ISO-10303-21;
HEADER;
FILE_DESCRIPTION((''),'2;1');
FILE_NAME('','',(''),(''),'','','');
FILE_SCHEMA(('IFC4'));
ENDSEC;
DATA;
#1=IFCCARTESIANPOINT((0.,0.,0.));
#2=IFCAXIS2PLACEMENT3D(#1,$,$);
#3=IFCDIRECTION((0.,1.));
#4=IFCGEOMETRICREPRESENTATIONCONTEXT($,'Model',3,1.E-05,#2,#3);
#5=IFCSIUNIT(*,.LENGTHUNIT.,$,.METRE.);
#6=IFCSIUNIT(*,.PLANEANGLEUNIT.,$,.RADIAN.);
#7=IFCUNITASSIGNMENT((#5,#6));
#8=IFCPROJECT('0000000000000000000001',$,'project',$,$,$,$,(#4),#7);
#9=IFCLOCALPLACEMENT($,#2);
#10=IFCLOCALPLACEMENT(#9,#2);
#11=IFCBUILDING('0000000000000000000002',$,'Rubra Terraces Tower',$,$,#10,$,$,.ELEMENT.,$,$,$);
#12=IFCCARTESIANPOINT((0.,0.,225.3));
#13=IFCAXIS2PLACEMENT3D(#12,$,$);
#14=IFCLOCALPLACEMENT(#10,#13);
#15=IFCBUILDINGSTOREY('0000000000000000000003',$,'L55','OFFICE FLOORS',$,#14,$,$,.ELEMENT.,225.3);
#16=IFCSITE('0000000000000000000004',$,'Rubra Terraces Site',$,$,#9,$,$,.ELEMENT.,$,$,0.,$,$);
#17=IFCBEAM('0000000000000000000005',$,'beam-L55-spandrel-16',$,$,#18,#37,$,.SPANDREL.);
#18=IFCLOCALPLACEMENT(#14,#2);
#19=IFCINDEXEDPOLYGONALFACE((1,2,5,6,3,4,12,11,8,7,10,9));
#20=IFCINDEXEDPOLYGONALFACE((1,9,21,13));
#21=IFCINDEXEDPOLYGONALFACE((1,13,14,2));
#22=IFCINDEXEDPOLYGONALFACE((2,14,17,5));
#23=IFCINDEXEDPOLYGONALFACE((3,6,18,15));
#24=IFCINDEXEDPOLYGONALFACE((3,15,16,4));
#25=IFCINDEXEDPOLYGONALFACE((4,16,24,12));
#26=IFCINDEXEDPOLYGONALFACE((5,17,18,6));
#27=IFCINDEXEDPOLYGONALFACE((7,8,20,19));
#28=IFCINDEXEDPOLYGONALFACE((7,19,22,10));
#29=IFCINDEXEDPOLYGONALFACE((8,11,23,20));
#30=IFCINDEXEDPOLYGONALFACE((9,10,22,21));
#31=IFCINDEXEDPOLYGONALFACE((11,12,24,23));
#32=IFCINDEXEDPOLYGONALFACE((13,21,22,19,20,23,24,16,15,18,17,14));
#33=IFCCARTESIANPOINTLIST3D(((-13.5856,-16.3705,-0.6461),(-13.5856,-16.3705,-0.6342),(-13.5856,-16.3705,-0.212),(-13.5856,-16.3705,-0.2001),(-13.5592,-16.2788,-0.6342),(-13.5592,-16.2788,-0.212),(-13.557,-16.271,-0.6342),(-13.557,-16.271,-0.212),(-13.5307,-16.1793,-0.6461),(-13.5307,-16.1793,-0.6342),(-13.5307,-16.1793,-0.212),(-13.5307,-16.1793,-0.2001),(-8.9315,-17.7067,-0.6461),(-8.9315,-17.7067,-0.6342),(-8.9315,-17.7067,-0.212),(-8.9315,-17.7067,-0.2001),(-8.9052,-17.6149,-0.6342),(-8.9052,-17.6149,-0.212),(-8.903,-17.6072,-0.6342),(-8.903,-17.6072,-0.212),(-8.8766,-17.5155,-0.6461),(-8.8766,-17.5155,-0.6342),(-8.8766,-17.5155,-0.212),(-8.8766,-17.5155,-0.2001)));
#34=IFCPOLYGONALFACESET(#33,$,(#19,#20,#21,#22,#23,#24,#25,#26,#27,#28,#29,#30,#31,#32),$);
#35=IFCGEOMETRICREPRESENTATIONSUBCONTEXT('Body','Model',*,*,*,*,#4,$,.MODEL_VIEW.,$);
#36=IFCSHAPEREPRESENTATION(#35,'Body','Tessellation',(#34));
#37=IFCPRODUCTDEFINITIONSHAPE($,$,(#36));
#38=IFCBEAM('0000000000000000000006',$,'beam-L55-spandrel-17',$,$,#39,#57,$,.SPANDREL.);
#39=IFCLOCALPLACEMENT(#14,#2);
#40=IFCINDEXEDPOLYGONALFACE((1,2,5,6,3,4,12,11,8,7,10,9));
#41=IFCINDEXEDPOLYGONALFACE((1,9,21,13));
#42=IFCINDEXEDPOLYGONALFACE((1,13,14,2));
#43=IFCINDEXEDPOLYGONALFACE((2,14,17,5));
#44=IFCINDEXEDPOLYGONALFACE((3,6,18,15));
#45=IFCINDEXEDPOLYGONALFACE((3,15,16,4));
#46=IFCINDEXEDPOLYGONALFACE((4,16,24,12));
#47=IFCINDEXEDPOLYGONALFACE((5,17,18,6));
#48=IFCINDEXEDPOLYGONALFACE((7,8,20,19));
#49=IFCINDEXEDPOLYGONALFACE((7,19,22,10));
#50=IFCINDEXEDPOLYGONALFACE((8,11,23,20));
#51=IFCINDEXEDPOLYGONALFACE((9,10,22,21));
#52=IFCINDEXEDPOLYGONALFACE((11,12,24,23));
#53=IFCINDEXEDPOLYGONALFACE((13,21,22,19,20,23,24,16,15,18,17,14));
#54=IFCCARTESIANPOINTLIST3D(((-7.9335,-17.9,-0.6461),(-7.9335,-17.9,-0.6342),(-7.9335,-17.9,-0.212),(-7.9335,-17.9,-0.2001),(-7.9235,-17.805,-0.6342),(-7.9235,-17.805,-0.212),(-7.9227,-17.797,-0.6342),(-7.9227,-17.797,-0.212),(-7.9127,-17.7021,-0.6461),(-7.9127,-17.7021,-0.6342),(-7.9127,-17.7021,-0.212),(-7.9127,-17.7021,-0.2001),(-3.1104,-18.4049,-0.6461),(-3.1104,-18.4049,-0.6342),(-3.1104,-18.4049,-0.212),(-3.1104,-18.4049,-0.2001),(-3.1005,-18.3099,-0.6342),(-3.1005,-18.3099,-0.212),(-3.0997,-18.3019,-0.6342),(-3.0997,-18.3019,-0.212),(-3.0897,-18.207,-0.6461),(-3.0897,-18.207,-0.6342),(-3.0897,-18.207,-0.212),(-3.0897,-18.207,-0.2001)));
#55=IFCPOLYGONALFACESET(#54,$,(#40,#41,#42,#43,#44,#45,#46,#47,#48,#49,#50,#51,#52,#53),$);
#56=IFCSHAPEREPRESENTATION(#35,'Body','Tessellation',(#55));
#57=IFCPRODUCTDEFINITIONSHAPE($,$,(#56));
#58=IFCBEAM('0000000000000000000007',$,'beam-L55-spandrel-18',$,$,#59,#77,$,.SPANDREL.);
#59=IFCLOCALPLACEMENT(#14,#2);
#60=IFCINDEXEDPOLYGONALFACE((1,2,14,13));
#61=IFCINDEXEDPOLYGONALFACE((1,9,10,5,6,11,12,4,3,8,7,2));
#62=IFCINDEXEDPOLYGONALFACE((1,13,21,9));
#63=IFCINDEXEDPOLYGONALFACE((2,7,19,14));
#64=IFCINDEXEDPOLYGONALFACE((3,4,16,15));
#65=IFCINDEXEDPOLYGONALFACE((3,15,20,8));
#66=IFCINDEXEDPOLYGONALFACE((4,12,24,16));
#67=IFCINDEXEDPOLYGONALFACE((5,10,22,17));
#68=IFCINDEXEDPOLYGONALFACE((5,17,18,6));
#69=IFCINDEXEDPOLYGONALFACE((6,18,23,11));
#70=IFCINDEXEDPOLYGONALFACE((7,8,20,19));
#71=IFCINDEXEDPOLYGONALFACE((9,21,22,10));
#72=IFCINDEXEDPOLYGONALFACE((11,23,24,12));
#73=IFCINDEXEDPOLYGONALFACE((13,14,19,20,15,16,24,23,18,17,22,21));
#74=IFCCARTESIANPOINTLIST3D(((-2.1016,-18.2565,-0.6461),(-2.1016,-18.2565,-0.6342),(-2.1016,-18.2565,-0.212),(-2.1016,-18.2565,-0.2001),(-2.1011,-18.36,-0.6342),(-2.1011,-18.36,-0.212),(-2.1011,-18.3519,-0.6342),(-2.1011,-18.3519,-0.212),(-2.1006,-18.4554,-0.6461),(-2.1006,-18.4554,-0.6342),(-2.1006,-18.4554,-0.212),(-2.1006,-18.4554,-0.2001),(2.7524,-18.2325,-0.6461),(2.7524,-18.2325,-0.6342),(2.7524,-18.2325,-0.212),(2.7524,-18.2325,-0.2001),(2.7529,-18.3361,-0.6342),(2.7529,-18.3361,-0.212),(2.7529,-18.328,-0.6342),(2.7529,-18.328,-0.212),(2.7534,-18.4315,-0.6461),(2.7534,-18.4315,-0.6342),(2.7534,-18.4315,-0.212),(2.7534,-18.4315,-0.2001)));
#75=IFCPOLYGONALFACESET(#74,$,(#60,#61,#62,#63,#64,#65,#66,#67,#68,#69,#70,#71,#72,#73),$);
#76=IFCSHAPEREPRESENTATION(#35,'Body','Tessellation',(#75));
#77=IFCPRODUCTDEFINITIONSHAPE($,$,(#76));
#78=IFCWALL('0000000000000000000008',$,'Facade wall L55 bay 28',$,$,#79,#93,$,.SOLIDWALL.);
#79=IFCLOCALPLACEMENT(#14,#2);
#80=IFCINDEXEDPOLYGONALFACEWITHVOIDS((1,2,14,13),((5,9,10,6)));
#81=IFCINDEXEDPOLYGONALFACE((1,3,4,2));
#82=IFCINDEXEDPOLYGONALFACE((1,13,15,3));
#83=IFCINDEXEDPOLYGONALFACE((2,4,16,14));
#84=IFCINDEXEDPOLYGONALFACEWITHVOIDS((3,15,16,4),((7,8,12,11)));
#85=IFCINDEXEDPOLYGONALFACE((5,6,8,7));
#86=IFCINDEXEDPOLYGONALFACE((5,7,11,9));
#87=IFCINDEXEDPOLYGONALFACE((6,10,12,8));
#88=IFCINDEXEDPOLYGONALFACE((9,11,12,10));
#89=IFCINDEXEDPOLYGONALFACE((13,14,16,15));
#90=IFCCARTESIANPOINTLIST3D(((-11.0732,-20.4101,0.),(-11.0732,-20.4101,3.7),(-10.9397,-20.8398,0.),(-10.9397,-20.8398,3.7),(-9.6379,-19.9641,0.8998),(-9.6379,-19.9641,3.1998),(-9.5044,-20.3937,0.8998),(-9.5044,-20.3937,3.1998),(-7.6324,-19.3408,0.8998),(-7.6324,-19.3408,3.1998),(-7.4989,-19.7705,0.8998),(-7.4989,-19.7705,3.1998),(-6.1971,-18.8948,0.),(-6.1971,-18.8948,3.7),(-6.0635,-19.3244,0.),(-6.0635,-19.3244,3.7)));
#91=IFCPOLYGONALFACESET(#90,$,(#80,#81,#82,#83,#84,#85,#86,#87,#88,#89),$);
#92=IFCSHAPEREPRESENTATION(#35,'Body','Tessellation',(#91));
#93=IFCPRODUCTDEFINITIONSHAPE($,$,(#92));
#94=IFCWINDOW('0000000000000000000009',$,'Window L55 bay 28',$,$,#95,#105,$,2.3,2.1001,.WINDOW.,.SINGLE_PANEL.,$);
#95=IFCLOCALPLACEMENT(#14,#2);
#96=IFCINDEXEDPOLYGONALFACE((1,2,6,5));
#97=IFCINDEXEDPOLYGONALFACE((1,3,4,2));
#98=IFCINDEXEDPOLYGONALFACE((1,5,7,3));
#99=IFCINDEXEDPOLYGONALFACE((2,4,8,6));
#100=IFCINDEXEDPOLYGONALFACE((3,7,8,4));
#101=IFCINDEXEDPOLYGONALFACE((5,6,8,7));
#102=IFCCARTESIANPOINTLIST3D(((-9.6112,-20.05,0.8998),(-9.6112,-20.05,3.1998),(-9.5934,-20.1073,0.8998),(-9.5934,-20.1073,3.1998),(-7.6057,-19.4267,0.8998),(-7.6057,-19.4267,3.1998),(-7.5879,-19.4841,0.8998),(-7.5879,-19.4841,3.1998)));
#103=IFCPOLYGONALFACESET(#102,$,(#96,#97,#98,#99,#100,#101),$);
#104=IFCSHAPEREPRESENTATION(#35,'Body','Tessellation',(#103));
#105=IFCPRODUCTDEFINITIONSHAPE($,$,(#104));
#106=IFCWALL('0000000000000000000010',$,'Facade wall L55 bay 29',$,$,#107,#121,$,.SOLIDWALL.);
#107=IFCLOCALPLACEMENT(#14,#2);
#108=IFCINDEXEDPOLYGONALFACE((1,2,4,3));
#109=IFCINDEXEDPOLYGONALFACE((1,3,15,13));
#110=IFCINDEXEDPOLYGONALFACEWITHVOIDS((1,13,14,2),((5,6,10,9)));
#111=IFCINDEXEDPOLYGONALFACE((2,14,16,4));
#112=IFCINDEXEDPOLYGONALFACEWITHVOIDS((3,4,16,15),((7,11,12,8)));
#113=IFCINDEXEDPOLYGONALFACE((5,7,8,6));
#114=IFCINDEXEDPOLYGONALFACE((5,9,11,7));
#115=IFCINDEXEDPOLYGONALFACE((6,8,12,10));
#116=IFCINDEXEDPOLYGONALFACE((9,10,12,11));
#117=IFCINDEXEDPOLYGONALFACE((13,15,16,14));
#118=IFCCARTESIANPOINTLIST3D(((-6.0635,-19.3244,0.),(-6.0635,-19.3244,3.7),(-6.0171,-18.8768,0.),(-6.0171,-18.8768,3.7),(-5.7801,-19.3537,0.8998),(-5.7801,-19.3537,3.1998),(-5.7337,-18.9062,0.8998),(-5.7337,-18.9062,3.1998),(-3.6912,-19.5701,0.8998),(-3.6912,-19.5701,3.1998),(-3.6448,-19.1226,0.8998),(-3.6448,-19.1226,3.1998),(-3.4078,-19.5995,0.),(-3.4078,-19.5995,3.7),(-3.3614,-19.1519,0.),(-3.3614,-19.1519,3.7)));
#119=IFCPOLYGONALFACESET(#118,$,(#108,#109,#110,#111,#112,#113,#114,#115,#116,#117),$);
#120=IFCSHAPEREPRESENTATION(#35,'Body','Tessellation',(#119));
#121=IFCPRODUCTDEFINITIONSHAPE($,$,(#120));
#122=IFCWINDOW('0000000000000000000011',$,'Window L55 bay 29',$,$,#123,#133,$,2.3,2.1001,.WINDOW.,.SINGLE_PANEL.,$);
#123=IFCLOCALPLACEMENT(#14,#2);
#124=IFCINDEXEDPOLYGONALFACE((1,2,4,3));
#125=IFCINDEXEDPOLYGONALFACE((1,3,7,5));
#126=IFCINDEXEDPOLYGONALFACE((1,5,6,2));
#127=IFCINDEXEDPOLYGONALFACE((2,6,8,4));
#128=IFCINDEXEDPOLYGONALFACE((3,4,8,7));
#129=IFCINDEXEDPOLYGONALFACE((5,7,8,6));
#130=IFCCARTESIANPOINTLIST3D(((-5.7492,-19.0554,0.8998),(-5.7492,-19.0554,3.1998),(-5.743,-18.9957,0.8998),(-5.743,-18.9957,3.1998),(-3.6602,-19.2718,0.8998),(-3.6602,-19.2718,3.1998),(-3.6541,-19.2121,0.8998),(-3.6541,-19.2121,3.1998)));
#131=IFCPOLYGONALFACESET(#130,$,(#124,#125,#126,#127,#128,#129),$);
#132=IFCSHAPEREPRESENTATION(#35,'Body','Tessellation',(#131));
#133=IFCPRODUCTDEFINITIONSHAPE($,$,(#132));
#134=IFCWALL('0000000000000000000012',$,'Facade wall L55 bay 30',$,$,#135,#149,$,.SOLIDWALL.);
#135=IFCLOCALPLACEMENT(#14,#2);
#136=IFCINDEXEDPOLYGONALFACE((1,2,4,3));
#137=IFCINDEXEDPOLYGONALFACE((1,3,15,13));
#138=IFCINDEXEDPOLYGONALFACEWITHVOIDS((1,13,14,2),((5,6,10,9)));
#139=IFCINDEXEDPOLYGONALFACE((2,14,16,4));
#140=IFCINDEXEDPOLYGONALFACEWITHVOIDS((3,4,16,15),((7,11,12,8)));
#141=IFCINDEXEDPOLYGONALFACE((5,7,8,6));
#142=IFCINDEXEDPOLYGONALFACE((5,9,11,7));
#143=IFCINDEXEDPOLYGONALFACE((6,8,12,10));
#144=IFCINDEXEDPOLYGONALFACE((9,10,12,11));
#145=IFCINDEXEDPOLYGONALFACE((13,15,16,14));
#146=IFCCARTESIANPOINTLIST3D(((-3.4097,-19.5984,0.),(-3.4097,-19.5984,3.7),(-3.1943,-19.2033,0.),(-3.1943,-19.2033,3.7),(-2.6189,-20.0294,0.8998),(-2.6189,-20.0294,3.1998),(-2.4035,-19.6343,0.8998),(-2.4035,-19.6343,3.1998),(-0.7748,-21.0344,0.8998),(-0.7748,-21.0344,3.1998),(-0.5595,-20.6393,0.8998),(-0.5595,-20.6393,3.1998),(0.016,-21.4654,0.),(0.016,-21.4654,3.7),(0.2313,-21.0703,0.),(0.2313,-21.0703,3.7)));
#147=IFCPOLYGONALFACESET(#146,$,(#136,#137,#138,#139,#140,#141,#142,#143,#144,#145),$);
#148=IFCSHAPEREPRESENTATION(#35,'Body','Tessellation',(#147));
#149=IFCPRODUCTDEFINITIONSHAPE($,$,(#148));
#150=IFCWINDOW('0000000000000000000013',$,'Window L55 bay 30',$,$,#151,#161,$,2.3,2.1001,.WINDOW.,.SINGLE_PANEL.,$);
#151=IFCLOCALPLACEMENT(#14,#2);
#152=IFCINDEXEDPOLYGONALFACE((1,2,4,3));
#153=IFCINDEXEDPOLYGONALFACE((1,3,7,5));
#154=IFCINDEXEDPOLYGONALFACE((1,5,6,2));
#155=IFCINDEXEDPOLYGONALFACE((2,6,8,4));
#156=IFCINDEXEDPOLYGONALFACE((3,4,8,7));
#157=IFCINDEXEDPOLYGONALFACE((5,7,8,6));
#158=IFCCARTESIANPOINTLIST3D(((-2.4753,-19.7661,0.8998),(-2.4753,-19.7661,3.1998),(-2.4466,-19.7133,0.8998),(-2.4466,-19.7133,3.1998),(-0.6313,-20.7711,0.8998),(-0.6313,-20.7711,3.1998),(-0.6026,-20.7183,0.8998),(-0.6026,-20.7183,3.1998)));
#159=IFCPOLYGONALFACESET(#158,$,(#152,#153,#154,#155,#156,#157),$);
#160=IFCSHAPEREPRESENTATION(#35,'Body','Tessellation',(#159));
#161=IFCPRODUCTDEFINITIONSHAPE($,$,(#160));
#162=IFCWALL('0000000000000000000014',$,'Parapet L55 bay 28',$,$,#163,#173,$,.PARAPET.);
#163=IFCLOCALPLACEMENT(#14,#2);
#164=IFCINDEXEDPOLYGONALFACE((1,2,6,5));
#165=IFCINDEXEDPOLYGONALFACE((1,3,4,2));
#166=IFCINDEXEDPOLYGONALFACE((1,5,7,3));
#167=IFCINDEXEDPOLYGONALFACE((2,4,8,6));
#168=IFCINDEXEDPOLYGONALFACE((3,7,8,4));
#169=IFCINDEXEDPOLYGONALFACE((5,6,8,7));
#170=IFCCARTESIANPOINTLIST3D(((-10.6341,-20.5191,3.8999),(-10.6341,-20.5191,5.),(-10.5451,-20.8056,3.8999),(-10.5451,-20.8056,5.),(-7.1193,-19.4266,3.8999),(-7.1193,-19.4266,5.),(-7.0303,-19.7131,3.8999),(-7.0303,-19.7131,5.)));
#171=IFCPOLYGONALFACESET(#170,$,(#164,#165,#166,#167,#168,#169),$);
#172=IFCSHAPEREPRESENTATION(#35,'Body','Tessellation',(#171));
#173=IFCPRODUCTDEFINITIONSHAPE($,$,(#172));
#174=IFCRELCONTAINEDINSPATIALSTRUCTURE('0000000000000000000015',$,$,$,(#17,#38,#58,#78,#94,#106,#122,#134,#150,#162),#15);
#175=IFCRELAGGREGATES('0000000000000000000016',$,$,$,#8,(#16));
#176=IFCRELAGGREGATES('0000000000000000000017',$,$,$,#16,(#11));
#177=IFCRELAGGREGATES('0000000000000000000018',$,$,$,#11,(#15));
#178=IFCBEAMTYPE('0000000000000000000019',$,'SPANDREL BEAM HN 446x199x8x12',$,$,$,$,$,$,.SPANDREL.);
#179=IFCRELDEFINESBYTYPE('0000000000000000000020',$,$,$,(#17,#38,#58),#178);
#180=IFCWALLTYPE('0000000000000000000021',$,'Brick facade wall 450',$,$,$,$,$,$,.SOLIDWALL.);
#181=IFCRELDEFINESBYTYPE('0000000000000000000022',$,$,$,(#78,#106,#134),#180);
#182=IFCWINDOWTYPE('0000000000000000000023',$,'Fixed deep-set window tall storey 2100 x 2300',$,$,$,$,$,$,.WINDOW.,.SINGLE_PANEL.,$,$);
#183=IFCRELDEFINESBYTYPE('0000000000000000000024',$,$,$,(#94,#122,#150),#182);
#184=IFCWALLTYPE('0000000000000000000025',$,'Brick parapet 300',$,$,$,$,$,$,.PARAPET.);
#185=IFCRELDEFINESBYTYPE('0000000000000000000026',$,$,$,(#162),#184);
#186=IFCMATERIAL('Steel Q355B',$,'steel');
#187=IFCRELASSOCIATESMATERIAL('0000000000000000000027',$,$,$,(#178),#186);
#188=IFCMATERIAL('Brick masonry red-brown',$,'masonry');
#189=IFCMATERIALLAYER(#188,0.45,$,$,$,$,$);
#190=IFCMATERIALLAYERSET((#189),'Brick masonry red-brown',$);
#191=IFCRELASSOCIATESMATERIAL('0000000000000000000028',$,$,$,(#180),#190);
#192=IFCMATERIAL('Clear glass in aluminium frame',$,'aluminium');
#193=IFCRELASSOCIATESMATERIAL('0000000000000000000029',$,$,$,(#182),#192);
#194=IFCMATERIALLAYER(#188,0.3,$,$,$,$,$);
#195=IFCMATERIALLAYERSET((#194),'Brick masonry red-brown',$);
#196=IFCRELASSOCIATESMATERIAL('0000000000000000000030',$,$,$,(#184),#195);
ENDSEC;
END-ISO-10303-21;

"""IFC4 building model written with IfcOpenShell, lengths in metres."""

from ifc_helpers import new_model, si_unit, direction, frame, frame_2d, origin, origin_2d, place, context, subcontext, project, spatial, rectangle, i_section, extrude, material, layer, layer_set, material_profile, profile_set, type_object, element, fill, save


model = new_model("IFC4")

# Units and contexts
model_context = context("Model", 3, precision=1e-05, world=origin(), true_north=direction((0.0, 1.0)))
body_context = subcontext(model_context, "Body", "Model", "MODEL_VIEW")
ifc_project = project(units=[si_unit("LENGTHUNIT", "METRE"), si_unit("PLANEANGLEUNIT", "RADIAN")], contexts=[model_context])

# Site, building, storey
site_placement = place(None, origin())
site = spatial("IfcSite", under=ifc_project, at=site_placement, Name="Rubra Terraces Site", CompositionType="ELEMENT", RefElevation=0.0)
building_placement = place(site_placement, origin())
building = spatial("IfcBuilding", under=site, at=building_placement, Name="Rubra Terraces Tower", CompositionType="ELEMENT")
storey_placement = place(building_placement, frame((0.0, 0.0, 225.3)))
storey = spatial("IfcBuildingStorey", under=building, at=storey_placement, Name="L55", Description="OFFICE FLOORS", CompositionType="ELEMENT", Elevation=225.3)

# Beams
ifc_material_1 = material(Name="Steel Q355B", Category="steel")
ifc_material_profile_1 = material_profile(ifc_material_1, i_section(OverallWidth=0.199, OverallDepth=0.446, WebThickness=0.0081, FlangeThickness=0.012, at=origin_2d()), Name="HN 446x199x8x12")
ifc_profile_set_1 = profile_set([ifc_material_profile_1], Name="Steel Q355B")
beam_type_1 = type_object("IfcBeamType", Name="SPANDREL BEAM HN 446x199x8x12", PredefinedType="SPANDREL", material=ifc_profile_set_1)
beam_1_placement = place(storey_placement, frame((-13.5581, -16.2749, -0.4231), z_axis=(0.961171, -0.275953, 0.0), x_axis=(0.275953, 0.961171, 0.0)))
element("IfcBeam", 1, at=beam_1_placement, inside=storey, type_object=beam_type_1, Name="beam-L55-spandrel-16", PredefinedType="SPANDREL", context=body_context, shape_type="SweptSolid", body=[
    extrude(i_section(OverallWidth=0.199, OverallDepth=0.446, WebThickness=0.0081, FlangeThickness=0.012, at=origin_2d()), origin(), (0.0, 0.0, 1.0), 4.842),
])
beam_2_placement = place(storey_placement, frame((-7.9231, -17.801, -0.4231), z_axis=(0.994565, -0.104113, 0.0), x_axis=(0.104113, 0.994565, 0.0)))
element("IfcBeam", 2, at=beam_2_placement, inside=storey, type_object=beam_type_1, Name="beam-L55-spandrel-17", PredefinedType="SPANDREL", context=body_context, shape_type="SweptSolid", body=[
    extrude(i_section(OverallWidth=0.199, OverallDepth=0.446, WebThickness=0.0081, FlangeThickness=0.012, at=origin_2d()), origin(), (0.0, 0.0, 1.0), 4.8494),
])
beam_3_placement = place(storey_placement, frame((-2.1011, -18.356, -0.4231), z_axis=(0.999988, 0.004929, 0.0), x_axis=(-0.004929, 0.999988, 0.0)))
element("IfcBeam", 3, at=beam_3_placement, inside=storey, type_object=beam_type_1, Name="beam-L55-spandrel-18", PredefinedType="SPANDREL", context=body_context, shape_type="SweptSolid", body=[
    extrude(i_section(OverallWidth=0.199, OverallDepth=0.446, WebThickness=0.0081, FlangeThickness=0.012, at=origin_2d()), origin(), (0.0, 0.0, 1.0), 4.854),
])

# Walls, openings, windows
ifc_material_2 = material(Name="Brick masonry red-brown", Category="masonry")
ifc_layer_1 = layer(ifc_material_2, 0.45)
ifc_layer_set_1 = layer_set([ifc_layer_1], Name="Brick masonry red-brown")
wall_type_1 = type_object("IfcWallType", Name="Brick facade wall 450", PredefinedType="SOLIDWALL", material=ifc_layer_set_1)
wall_1_placement = place(storey_placement, frame((-11.0066, -20.625, 0.0), z_axis=(0.0, 0.0, 1.0), x_axis=(0.954949, 0.296769, 0.0)))
wall_1 = element("IfcWall", 4, at=wall_1_placement, inside=storey, type_object=wall_type_1, Name="Facade wall L55 bay 28", PredefinedType="SOLIDWALL", context=body_context, shape_type="SweptSolid", body=[
    extrude(rectangle(XDim=5.1062, YDim=0.45, at=frame_2d((2.5532, 0.0))), origin(), (0.0, 0.0, 1.0), 3.7),
])
opening_1_placement = place(wall_1_placement, frame((1.5032, 0.0, 0.8999)))
opening_1 = element("IfcOpeningElement", 5, at=opening_1_placement, cuts=wall_1, PredefinedType="OPENING", context=body_context, shape_type="SweptSolid", body=[
    extrude(rectangle(XDim=2.1001, YDim=2.3, at=frame_2d((1.05, 1.1499))), frame((0.0, 0.2349, 0.0), z_axis=(0.0, -1.0, 0.0), x_axis=(1.0, 0.0, 0.0)), (0.0, 0.0, 1.0), 0.47),
])
ifc_material_3 = material(Name="Clear glass in aluminium frame", Category="aluminium")
window_type = type_object("IfcWindowType", Name="Fixed deep-set window tall storey 2100 x 2300", PartitioningType="SINGLE_PANEL", PredefinedType="WINDOW", material=ifc_material_3)
window_1_placement = place(opening_1_placement, origin())
window_1 = element("IfcWindow", 6, at=window_1_placement, inside=storey, type_object=window_type, Name="Window L55 bay 28", OverallHeight=2.3, OverallWidth=2.1001, PartitioningType="SINGLE_PANEL", PredefinedType="WINDOW", context=body_context, shape_type="SweptSolid", body=[
    extrude(rectangle(XDim=2.1001, YDim=2.3, at=frame_2d((1.05, 1.1499))), frame((0.0, 0.135, 0.0), z_axis=(0.0, -1.0, 0.0), x_axis=(1.0, 0.0, 0.0)), (0.0, 0.0, 1.0), 0.0601),
])
fill(opening_1, window_1)
wall_2_placement = place(storey_placement, frame((-6.0403, -19.1006, 0.0), z_axis=(0.0, 0.0, 1.0), x_axis=(0.994676, -0.103052, 0.0)))
wall_2 = element("IfcWall", 7, at=wall_2_placement, inside=storey, type_object=wall_type_1, Name="Facade wall L55 bay 29", PredefinedType="SOLIDWALL", context=body_context, shape_type="SweptSolid", body=[
    extrude(rectangle(XDim=2.6699, YDim=0.45, at=frame_2d((1.335, 0.0))), origin(), (0.0, 0.0, 1.0), 3.7),
])
opening_2_placement = place(wall_2_placement, frame((0.2849, 0.0, 0.8999)))
opening_2 = element("IfcOpeningElement", 8, at=opening_2_placement, cuts=wall_2, PredefinedType="OPENING", context=body_context, shape_type="SweptSolid", body=[
    extrude(rectangle(XDim=2.1001, YDim=2.3, at=frame_2d((1.05, 1.1499))), frame((0.0, 0.2349, 0.0), z_axis=(0.0, -1.0, 0.0), x_axis=(1.0, 0.0, 0.0)), (0.0, 0.0, 1.0), 0.47),
])
window_2_placement = place(opening_2_placement, origin())
window_2 = element("IfcWindow", 9, at=window_2_placement, inside=storey, type_object=window_type, Name="Window L55 bay 29", OverallHeight=2.3, OverallWidth=2.1001, PartitioningType="SINGLE_PANEL", PredefinedType="WINDOW", context=body_context, shape_type="SweptSolid", body=[
    extrude(rectangle(XDim=2.1001, YDim=2.3, at=frame_2d((1.05, 1.1499))), frame((0.0, 0.135, 0.0), z_axis=(0.0, -1.0, 0.0), x_axis=(1.0, 0.0, 0.0)), (0.0, 0.0, 1.0), 0.0601),
])
fill(opening_2, window_2)
wall_3_placement = place(storey_placement, frame((-3.302, -19.4009, 0.0), z_axis=(0.0, 0.0, 1.0), x_axis=(0.878061, -0.47855, 0.0)))
wall_3 = element("IfcWall", 10, at=wall_3_placement, inside=storey, type_object=wall_type_1, Name="Facade wall L55 bay 30", PredefinedType="SOLIDWALL", context=body_context, shape_type="SweptSolid", body=[
    extrude(rectangle(XDim=3.9014, YDim=0.45, at=frame_2d((1.9507, 0.0))), origin(), (0.0, 0.0, 1.0), 3.7),
])
opening_3_placement = place(wall_3_placement, frame((0.9006, 0.0, 0.8999)))
opening_3 = element("IfcOpeningElement", 11, at=opening_3_placement, cuts=wall_3, PredefinedType="OPENING", context=body_context, shape_type="SweptSolid", body=[
    extrude(rectangle(XDim=2.1001, YDim=2.3, at=frame_2d((1.05, 1.1499))), frame((0.0, 0.2349, 0.0), z_axis=(0.0, -1.0, 0.0), x_axis=(1.0, 0.0, 0.0)), (0.0, 0.0, 1.0), 0.47),
])
window_3_placement = place(opening_3_placement, origin())
window_3 = element("IfcWindow", 12, at=window_3_placement, inside=storey, type_object=window_type, Name="Window L55 bay 30", OverallHeight=2.3, OverallWidth=2.1001, PartitioningType="SINGLE_PANEL", PredefinedType="WINDOW", context=body_context, shape_type="SweptSolid", body=[
    extrude(rectangle(XDim=2.1001, YDim=2.3, at=frame_2d((1.05, 1.1499))), frame((0.0, 0.135, 0.0), z_axis=(0.0, -1.0, 0.0), x_axis=(1.0, 0.0, 0.0)), (0.0, 0.0, 1.0), 0.0601),
])
fill(opening_3, window_3)

# Wall
ifc_layer_2 = layer(ifc_material_2, 0.3)
ifc_layer_set_2 = layer_set([ifc_layer_2], Name="Brick masonry red-brown")
wall_type_2 = type_object("IfcWallType", Name="Brick parapet 300", PredefinedType="PARAPET", material=ifc_layer_set_2)
wall_4_placement = place(storey_placement, frame((-10.5896, -20.6624, 3.8999), z_axis=(0.0, 0.0, 1.0), x_axis=(0.954933, 0.296821, 0.0)))
element("IfcWall", 13, at=wall_4_placement, inside=storey, type_object=wall_type_2, Name="Parapet L55 bay 28", PredefinedType="PARAPET", context=body_context, shape_type="SweptSolid", body=[
    extrude(rectangle(XDim=3.6807, YDim=0.3, at=frame_2d((1.8403, 0.0))), origin(), (0.0, 0.0, 1.0), 1.1001),
])

save(model, "model.ifc")
